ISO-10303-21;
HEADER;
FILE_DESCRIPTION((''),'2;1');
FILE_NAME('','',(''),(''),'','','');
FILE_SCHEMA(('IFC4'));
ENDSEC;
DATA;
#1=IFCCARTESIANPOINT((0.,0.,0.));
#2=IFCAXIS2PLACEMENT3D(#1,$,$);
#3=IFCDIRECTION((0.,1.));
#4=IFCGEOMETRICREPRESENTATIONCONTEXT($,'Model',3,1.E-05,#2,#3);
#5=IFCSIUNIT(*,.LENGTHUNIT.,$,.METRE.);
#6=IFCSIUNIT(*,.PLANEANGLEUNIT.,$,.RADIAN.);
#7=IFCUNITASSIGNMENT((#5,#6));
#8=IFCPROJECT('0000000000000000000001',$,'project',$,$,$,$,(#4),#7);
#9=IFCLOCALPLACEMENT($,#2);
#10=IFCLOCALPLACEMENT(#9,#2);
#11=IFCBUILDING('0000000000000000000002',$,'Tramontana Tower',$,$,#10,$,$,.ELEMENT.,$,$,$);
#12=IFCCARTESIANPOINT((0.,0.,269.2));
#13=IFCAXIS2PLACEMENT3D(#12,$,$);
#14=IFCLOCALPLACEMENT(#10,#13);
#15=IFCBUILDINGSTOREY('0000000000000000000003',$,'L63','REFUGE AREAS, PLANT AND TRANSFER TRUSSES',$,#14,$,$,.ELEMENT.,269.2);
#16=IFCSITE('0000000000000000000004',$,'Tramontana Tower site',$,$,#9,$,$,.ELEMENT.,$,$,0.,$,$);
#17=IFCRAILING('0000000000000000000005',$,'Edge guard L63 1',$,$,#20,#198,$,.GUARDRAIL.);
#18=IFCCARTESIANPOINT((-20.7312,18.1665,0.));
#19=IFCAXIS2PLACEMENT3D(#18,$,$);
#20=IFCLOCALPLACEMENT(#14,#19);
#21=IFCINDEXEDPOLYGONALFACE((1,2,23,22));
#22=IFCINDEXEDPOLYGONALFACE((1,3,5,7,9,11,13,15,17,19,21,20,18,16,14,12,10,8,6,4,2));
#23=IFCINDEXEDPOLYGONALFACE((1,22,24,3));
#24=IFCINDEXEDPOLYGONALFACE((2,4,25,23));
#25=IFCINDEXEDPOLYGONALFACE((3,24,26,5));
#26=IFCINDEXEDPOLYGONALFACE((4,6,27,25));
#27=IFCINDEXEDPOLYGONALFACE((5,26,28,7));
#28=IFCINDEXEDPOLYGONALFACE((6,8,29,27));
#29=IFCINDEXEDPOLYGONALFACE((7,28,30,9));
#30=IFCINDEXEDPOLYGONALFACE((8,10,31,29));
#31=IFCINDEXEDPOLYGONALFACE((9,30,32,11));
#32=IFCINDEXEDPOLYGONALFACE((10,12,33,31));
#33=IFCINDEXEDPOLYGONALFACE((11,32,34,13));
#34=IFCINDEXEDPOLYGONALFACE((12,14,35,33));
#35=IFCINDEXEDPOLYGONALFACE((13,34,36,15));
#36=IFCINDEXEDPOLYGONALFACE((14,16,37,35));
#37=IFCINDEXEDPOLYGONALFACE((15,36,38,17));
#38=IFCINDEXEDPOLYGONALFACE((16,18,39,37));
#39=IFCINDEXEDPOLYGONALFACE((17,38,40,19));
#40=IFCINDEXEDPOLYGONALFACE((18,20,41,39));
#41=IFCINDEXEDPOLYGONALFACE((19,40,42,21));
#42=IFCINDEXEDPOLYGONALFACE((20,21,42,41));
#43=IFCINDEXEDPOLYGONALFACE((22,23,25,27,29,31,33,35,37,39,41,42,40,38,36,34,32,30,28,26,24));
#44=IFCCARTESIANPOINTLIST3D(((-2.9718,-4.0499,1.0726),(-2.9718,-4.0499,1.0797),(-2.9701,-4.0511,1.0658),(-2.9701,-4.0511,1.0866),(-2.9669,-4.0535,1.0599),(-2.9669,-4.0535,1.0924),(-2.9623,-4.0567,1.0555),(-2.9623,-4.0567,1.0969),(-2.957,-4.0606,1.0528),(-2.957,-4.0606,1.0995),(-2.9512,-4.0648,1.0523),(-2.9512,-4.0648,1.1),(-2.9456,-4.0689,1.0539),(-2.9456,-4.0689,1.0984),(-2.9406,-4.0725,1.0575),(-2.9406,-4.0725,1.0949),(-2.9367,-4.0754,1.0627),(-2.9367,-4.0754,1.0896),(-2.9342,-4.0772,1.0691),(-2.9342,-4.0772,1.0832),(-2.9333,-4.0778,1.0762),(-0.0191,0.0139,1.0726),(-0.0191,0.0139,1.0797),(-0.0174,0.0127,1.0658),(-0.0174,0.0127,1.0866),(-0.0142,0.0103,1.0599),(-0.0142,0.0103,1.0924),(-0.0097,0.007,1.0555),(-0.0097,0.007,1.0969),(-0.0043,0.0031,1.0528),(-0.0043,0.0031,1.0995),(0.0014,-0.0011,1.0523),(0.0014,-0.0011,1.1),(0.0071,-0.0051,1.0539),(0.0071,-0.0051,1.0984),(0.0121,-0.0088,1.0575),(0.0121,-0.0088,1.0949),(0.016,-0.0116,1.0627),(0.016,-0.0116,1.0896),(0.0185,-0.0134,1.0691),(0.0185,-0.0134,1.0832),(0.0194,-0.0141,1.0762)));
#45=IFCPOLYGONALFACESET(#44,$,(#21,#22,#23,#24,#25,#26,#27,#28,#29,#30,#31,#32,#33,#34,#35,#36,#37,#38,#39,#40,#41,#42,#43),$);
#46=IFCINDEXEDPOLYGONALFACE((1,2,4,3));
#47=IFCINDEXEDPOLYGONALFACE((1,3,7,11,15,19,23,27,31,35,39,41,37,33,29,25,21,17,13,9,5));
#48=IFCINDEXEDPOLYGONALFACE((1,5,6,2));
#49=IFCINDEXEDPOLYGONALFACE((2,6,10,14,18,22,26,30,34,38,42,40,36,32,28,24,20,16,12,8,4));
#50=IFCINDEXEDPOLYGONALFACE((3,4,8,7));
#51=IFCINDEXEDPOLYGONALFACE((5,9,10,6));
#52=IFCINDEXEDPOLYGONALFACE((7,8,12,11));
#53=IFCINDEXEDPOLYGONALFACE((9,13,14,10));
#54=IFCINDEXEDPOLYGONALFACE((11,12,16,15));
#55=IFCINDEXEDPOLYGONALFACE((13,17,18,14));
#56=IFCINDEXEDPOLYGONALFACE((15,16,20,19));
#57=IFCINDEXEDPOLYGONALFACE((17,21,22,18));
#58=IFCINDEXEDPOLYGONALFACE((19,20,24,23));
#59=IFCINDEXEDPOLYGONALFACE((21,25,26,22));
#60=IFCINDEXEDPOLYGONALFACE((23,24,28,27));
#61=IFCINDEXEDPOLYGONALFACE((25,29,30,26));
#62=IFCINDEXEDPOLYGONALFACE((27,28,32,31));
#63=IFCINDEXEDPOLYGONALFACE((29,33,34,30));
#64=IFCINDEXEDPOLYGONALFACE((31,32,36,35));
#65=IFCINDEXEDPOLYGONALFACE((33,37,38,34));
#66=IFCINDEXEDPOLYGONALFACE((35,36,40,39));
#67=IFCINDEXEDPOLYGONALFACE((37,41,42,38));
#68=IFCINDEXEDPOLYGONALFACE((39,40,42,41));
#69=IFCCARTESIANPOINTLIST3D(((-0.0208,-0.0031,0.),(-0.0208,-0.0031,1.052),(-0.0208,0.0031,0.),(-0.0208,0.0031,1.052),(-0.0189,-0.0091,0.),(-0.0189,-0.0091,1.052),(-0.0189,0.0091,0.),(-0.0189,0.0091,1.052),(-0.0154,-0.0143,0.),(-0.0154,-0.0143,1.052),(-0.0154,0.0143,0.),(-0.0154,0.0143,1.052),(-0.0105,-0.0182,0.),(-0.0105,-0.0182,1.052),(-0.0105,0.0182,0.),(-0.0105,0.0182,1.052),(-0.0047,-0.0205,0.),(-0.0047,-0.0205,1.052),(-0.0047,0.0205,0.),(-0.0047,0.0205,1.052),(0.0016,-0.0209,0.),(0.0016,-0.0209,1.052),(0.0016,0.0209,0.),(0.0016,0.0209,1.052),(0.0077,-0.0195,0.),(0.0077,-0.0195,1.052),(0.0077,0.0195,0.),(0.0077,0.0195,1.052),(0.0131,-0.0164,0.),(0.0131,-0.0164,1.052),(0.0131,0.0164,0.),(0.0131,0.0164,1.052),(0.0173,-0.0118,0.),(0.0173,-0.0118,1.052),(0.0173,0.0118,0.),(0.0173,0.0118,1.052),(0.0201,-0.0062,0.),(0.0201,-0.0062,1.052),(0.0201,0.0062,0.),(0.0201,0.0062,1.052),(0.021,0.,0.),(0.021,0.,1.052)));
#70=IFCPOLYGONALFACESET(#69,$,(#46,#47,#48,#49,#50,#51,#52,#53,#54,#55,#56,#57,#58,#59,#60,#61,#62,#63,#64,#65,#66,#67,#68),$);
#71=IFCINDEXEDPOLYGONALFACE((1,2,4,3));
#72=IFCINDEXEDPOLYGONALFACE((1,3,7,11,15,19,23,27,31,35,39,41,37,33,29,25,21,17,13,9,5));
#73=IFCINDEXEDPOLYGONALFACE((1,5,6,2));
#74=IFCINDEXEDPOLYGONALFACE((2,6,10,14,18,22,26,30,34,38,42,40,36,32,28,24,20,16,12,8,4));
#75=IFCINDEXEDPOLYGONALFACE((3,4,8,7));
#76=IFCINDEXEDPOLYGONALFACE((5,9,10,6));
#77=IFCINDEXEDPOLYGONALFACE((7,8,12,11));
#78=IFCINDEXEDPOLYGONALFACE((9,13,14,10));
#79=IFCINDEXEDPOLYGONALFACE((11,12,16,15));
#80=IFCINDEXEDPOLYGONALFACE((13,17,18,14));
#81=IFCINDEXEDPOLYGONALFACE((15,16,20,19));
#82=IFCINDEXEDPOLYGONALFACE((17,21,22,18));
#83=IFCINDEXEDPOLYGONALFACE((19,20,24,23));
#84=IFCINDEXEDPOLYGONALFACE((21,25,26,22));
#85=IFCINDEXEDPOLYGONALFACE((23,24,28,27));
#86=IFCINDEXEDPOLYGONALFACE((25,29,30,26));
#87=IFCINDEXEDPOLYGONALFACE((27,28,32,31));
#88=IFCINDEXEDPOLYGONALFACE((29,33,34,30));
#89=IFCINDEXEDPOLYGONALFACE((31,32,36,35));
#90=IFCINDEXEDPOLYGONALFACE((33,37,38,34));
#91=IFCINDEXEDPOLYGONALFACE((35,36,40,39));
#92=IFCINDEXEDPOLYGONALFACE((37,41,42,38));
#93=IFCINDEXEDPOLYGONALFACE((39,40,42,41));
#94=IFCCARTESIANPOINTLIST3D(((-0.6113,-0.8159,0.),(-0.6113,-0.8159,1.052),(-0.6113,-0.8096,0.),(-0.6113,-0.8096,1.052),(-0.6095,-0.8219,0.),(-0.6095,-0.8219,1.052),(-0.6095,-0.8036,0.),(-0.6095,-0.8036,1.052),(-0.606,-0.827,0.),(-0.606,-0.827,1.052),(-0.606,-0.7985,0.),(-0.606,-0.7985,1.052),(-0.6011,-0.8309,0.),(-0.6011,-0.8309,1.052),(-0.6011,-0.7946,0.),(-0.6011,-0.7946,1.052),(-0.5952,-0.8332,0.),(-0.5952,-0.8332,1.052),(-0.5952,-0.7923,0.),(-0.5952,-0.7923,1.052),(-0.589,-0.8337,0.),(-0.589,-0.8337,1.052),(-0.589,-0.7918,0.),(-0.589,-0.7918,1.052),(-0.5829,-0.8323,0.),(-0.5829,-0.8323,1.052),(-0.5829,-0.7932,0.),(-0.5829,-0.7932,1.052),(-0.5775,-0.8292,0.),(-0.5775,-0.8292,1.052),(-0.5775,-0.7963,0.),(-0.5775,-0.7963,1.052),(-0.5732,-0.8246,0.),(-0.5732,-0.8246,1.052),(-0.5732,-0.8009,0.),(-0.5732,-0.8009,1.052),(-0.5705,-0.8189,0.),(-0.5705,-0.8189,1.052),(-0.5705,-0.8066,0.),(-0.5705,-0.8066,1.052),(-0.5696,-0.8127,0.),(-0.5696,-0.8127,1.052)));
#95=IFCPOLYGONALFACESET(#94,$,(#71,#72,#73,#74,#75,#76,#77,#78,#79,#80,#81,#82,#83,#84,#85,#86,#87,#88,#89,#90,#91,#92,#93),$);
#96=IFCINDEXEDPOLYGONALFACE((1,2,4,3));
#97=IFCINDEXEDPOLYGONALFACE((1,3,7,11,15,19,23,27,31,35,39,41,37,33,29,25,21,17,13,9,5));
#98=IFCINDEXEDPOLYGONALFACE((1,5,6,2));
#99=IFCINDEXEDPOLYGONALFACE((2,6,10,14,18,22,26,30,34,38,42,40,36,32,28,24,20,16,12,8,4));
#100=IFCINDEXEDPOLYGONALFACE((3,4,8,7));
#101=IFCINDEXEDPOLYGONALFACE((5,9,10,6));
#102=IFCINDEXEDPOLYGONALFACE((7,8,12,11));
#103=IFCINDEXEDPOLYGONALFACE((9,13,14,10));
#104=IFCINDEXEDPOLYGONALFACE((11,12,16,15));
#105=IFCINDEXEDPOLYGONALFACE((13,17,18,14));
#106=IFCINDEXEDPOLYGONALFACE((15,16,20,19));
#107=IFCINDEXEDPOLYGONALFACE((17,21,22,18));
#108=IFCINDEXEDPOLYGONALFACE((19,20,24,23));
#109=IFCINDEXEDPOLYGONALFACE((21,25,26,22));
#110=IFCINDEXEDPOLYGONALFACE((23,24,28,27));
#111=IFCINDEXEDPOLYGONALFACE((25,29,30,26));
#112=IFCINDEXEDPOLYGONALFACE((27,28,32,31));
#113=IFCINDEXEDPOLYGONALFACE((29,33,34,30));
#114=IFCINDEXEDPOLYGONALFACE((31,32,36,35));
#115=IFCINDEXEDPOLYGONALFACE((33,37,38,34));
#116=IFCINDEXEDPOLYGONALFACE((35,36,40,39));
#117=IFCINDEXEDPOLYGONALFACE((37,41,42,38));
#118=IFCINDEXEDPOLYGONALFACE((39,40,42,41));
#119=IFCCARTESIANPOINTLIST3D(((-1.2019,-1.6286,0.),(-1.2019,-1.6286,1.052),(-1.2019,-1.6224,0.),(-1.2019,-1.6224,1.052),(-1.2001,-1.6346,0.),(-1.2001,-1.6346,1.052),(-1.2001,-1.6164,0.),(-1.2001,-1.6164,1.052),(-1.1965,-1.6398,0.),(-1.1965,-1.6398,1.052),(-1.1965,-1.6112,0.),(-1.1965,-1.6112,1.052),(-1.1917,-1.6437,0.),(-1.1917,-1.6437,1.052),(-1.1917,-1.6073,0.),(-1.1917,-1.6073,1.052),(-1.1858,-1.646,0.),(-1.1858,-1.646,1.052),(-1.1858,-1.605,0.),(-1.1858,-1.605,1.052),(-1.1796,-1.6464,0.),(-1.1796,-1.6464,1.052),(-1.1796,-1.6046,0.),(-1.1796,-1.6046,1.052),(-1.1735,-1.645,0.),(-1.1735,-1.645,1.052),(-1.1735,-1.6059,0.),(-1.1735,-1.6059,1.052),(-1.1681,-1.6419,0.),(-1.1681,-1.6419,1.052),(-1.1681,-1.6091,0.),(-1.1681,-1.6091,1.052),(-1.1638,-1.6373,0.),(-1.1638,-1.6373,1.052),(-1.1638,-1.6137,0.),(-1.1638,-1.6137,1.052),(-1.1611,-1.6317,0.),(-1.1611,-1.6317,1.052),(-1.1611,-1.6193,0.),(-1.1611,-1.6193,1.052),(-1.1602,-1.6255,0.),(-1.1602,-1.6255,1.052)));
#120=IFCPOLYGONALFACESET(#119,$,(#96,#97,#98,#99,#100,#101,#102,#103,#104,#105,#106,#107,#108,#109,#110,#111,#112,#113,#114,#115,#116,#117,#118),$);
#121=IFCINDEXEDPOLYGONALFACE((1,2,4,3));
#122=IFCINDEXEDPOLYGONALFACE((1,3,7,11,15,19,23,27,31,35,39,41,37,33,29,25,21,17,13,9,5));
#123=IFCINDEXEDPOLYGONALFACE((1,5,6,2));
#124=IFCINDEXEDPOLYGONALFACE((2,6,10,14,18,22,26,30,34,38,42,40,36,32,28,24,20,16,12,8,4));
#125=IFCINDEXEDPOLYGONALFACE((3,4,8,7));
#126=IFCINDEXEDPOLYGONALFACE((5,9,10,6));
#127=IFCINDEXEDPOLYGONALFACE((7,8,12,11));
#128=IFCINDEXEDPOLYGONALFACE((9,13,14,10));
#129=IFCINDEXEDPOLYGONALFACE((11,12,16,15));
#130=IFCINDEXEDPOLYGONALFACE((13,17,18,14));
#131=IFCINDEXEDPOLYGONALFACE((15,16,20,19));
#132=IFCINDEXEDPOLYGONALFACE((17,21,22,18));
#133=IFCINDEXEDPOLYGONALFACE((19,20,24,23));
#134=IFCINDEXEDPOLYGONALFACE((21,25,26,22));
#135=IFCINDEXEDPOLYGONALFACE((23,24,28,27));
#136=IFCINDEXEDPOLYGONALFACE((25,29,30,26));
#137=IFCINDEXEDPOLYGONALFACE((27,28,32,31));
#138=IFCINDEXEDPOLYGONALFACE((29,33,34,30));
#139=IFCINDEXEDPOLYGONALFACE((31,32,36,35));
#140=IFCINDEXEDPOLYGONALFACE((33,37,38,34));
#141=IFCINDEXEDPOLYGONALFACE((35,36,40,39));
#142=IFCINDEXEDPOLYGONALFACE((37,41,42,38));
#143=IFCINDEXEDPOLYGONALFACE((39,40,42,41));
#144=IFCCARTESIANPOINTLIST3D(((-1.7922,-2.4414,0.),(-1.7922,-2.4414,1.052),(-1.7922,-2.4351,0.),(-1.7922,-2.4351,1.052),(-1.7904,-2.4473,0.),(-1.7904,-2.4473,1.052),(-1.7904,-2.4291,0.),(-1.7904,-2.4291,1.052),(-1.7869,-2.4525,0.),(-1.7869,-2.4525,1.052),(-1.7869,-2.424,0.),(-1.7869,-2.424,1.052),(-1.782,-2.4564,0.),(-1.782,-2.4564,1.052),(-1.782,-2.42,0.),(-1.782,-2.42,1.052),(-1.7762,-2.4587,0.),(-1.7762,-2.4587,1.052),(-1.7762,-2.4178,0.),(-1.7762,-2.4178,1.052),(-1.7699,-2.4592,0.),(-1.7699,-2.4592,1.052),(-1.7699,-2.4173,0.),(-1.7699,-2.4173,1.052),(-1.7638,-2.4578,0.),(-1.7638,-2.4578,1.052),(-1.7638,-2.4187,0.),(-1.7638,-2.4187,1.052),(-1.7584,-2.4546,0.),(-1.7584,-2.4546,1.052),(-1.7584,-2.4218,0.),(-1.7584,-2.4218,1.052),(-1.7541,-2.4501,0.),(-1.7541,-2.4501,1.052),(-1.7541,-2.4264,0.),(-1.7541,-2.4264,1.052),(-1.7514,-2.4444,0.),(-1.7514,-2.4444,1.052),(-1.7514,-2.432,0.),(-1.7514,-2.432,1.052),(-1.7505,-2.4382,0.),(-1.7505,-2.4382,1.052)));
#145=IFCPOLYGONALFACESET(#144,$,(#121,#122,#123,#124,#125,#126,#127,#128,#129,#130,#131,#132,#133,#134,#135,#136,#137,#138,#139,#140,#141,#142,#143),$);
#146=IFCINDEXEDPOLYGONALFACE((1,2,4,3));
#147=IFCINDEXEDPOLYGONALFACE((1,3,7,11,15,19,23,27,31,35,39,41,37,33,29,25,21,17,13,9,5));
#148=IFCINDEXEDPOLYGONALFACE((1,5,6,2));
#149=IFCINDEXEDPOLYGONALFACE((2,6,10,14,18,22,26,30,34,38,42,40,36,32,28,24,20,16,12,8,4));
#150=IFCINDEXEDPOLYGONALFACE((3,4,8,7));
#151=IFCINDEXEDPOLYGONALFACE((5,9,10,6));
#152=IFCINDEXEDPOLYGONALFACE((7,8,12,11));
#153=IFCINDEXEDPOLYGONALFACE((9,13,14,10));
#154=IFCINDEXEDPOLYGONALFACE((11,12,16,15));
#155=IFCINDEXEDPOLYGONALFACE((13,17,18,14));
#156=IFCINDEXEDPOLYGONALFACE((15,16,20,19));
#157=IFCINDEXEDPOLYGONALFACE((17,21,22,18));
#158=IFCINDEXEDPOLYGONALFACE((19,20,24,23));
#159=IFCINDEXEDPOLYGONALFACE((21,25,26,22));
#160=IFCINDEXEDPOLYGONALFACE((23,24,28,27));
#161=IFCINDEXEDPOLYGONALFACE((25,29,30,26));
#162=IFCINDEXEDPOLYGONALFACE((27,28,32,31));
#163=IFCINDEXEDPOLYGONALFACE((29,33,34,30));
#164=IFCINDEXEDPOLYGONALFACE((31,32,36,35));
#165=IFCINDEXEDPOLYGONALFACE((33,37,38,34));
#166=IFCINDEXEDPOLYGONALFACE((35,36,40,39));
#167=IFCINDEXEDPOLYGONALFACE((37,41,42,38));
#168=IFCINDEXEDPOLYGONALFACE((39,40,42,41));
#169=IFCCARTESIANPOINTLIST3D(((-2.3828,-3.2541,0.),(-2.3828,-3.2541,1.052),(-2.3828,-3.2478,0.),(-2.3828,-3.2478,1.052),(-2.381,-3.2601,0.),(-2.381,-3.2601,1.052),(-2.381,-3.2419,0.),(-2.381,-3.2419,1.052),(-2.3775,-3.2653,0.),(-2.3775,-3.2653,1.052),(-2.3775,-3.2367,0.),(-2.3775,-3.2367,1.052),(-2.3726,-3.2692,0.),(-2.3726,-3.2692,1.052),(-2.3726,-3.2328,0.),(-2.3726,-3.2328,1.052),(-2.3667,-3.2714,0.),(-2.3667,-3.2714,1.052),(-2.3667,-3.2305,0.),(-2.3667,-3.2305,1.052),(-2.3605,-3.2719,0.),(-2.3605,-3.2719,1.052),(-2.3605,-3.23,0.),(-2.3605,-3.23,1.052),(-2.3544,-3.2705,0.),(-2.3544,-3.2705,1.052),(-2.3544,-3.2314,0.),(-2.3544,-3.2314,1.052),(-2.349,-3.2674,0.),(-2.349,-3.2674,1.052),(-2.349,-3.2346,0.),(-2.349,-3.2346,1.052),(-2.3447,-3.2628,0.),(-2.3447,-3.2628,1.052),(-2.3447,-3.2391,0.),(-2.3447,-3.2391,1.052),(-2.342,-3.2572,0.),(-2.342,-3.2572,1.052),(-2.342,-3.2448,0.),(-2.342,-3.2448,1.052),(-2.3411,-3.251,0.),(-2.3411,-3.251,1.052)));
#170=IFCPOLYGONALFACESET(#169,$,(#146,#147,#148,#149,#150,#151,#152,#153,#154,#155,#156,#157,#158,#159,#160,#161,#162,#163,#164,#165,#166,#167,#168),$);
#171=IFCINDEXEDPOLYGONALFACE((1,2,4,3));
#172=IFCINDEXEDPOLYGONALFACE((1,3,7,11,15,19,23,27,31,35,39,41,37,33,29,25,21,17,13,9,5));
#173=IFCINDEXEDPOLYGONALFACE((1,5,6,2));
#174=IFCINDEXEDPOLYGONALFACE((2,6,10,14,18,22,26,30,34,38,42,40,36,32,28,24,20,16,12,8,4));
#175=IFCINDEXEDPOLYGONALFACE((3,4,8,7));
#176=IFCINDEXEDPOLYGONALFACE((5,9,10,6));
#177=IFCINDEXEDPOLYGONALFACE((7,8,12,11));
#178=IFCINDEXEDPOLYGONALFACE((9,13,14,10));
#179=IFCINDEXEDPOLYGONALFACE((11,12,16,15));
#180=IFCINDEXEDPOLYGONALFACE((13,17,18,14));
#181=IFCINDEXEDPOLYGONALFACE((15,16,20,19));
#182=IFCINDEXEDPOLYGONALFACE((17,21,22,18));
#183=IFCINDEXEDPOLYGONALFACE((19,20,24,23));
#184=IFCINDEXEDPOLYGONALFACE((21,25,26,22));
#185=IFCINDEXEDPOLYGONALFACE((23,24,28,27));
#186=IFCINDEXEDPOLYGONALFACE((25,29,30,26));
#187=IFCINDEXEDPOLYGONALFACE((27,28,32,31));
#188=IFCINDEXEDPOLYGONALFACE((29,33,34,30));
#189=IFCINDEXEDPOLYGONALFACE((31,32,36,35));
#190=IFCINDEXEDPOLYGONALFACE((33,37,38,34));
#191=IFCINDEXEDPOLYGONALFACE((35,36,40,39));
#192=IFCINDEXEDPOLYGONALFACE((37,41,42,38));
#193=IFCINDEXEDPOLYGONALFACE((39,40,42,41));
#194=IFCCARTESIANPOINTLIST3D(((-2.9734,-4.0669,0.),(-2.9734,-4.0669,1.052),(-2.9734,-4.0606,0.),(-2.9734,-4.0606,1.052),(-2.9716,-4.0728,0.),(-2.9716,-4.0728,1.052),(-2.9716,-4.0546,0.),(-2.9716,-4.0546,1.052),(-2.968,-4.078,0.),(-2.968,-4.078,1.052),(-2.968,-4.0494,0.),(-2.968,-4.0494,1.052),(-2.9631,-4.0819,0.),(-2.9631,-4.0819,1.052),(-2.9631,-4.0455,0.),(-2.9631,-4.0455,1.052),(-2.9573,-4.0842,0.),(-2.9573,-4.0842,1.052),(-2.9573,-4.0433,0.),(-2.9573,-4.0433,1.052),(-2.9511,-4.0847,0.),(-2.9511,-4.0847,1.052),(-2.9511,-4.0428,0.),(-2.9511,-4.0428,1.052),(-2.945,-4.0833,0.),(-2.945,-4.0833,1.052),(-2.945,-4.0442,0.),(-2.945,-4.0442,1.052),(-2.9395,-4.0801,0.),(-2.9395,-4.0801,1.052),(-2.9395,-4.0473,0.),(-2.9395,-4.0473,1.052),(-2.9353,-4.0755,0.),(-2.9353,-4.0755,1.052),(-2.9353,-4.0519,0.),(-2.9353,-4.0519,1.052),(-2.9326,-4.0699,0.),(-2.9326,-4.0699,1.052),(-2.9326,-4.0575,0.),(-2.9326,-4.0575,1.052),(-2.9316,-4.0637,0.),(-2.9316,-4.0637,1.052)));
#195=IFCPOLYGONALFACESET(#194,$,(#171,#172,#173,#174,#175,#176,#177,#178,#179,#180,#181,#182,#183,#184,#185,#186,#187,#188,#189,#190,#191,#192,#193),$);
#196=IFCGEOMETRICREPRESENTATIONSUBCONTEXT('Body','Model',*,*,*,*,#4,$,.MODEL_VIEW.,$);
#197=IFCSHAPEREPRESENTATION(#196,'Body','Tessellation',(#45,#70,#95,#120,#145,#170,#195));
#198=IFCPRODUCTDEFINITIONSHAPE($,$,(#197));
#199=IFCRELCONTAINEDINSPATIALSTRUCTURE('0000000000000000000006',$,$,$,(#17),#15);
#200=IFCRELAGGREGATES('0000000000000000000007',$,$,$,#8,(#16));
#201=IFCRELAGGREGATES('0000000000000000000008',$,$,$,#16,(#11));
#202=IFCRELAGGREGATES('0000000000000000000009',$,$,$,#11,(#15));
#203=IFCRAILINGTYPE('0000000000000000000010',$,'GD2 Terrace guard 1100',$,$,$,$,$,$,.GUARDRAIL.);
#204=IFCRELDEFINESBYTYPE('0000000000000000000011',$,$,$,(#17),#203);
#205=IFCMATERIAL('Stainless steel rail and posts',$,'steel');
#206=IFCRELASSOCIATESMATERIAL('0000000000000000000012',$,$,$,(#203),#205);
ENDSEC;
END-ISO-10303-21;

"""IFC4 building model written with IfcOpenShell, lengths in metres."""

from ifc_helpers import new_model, si_unit, direction, frame, origin, origin_2d, place, context, subcontext, project, spatial, circle, extrude, material, type_object, element, save


model = new_model("IFC4")

# Units and contexts
model_context = context("Model", 3, precision=1e-05, world=origin(), true_north=direction((0.0, 1.0)))
body_context = subcontext(model_context, "Body", "Model", "MODEL_VIEW")
ifc_project = project(units=[si_unit("LENGTHUNIT", "METRE"), si_unit("PLANEANGLEUNIT", "RADIAN")], contexts=[model_context])

# Site, building, storey
site_placement = place(None, origin())
site = spatial("IfcSite", under=ifc_project, at=site_placement, Name="Tramontana Tower site", CompositionType="ELEMENT", RefElevation=0.0)
building_placement = place(site_placement, origin())
building = spatial("IfcBuilding", under=site, at=building_placement, Name="Tramontana Tower", CompositionType="ELEMENT")
storey_placement = place(building_placement, frame((0.0, 0.0, 269.2)))
storey = spatial("IfcBuildingStorey", under=building, at=storey_placement, Name="L63", Description="REFUGE AREAS, PLANT AND TRANSFER TRUSSES", CompositionType="ELEMENT", Elevation=269.2)

# Railing
ifc_material_1 = material(Name="Stainless steel rail and posts", Category="steel")
railing_type = type_object("IfcRailingType", Name="GD2 Terrace guard 1100", PredefinedType="GUARDRAIL", material=ifc_material_1)
railing_1_placement = place(storey_placement, frame((-20.7312, 18.1665, 0.0)))
element("IfcRailing", 1, at=railing_1_placement, inside=storey, type_object=railing_type, Name="Edge guard L63 1", PredefinedType="GUARDRAIL", context=body_context, shape_type="SweptSolid", body=[
    extrude(circle(Radius=0.0239, at=origin_2d()), frame((0.0, 0.0, 1.0762), z_axis=(-0.587808, -0.809001, 0.0), x_axis=(0.809001, -0.587808, 0.0)), (0.0, 0.0, 1.0), 5.0232),
    extrude(circle(Radius=0.021, at=origin_2d()), origin(), (0.0, 0.0, 1.0), 1.052),
    extrude(circle(Radius=0.021, at=origin_2d()), frame((-0.5906, -0.8127, 0.0)), (0.0, 0.0, 1.0), 1.052),
    extrude(circle(Radius=0.021, at=origin_2d()), frame((-1.1812, -1.6255, 0.0)), (0.0, 0.0, 1.0), 1.052),
    extrude(circle(Radius=0.021, at=origin_2d()), frame((-1.7715, -2.4382, 0.0)), (0.0, 0.0, 1.0), 1.052),
    extrude(circle(Radius=0.021, at=origin_2d()), frame((-2.3621, -3.251, 0.0)), (0.0, 0.0, 1.0), 1.052),
    extrude(circle(Radius=0.021, at=origin_2d()), frame((-2.9526, -4.0637, 0.0)), (0.0, 0.0, 1.0), 1.052),
])

save(model, "model.ifc")
